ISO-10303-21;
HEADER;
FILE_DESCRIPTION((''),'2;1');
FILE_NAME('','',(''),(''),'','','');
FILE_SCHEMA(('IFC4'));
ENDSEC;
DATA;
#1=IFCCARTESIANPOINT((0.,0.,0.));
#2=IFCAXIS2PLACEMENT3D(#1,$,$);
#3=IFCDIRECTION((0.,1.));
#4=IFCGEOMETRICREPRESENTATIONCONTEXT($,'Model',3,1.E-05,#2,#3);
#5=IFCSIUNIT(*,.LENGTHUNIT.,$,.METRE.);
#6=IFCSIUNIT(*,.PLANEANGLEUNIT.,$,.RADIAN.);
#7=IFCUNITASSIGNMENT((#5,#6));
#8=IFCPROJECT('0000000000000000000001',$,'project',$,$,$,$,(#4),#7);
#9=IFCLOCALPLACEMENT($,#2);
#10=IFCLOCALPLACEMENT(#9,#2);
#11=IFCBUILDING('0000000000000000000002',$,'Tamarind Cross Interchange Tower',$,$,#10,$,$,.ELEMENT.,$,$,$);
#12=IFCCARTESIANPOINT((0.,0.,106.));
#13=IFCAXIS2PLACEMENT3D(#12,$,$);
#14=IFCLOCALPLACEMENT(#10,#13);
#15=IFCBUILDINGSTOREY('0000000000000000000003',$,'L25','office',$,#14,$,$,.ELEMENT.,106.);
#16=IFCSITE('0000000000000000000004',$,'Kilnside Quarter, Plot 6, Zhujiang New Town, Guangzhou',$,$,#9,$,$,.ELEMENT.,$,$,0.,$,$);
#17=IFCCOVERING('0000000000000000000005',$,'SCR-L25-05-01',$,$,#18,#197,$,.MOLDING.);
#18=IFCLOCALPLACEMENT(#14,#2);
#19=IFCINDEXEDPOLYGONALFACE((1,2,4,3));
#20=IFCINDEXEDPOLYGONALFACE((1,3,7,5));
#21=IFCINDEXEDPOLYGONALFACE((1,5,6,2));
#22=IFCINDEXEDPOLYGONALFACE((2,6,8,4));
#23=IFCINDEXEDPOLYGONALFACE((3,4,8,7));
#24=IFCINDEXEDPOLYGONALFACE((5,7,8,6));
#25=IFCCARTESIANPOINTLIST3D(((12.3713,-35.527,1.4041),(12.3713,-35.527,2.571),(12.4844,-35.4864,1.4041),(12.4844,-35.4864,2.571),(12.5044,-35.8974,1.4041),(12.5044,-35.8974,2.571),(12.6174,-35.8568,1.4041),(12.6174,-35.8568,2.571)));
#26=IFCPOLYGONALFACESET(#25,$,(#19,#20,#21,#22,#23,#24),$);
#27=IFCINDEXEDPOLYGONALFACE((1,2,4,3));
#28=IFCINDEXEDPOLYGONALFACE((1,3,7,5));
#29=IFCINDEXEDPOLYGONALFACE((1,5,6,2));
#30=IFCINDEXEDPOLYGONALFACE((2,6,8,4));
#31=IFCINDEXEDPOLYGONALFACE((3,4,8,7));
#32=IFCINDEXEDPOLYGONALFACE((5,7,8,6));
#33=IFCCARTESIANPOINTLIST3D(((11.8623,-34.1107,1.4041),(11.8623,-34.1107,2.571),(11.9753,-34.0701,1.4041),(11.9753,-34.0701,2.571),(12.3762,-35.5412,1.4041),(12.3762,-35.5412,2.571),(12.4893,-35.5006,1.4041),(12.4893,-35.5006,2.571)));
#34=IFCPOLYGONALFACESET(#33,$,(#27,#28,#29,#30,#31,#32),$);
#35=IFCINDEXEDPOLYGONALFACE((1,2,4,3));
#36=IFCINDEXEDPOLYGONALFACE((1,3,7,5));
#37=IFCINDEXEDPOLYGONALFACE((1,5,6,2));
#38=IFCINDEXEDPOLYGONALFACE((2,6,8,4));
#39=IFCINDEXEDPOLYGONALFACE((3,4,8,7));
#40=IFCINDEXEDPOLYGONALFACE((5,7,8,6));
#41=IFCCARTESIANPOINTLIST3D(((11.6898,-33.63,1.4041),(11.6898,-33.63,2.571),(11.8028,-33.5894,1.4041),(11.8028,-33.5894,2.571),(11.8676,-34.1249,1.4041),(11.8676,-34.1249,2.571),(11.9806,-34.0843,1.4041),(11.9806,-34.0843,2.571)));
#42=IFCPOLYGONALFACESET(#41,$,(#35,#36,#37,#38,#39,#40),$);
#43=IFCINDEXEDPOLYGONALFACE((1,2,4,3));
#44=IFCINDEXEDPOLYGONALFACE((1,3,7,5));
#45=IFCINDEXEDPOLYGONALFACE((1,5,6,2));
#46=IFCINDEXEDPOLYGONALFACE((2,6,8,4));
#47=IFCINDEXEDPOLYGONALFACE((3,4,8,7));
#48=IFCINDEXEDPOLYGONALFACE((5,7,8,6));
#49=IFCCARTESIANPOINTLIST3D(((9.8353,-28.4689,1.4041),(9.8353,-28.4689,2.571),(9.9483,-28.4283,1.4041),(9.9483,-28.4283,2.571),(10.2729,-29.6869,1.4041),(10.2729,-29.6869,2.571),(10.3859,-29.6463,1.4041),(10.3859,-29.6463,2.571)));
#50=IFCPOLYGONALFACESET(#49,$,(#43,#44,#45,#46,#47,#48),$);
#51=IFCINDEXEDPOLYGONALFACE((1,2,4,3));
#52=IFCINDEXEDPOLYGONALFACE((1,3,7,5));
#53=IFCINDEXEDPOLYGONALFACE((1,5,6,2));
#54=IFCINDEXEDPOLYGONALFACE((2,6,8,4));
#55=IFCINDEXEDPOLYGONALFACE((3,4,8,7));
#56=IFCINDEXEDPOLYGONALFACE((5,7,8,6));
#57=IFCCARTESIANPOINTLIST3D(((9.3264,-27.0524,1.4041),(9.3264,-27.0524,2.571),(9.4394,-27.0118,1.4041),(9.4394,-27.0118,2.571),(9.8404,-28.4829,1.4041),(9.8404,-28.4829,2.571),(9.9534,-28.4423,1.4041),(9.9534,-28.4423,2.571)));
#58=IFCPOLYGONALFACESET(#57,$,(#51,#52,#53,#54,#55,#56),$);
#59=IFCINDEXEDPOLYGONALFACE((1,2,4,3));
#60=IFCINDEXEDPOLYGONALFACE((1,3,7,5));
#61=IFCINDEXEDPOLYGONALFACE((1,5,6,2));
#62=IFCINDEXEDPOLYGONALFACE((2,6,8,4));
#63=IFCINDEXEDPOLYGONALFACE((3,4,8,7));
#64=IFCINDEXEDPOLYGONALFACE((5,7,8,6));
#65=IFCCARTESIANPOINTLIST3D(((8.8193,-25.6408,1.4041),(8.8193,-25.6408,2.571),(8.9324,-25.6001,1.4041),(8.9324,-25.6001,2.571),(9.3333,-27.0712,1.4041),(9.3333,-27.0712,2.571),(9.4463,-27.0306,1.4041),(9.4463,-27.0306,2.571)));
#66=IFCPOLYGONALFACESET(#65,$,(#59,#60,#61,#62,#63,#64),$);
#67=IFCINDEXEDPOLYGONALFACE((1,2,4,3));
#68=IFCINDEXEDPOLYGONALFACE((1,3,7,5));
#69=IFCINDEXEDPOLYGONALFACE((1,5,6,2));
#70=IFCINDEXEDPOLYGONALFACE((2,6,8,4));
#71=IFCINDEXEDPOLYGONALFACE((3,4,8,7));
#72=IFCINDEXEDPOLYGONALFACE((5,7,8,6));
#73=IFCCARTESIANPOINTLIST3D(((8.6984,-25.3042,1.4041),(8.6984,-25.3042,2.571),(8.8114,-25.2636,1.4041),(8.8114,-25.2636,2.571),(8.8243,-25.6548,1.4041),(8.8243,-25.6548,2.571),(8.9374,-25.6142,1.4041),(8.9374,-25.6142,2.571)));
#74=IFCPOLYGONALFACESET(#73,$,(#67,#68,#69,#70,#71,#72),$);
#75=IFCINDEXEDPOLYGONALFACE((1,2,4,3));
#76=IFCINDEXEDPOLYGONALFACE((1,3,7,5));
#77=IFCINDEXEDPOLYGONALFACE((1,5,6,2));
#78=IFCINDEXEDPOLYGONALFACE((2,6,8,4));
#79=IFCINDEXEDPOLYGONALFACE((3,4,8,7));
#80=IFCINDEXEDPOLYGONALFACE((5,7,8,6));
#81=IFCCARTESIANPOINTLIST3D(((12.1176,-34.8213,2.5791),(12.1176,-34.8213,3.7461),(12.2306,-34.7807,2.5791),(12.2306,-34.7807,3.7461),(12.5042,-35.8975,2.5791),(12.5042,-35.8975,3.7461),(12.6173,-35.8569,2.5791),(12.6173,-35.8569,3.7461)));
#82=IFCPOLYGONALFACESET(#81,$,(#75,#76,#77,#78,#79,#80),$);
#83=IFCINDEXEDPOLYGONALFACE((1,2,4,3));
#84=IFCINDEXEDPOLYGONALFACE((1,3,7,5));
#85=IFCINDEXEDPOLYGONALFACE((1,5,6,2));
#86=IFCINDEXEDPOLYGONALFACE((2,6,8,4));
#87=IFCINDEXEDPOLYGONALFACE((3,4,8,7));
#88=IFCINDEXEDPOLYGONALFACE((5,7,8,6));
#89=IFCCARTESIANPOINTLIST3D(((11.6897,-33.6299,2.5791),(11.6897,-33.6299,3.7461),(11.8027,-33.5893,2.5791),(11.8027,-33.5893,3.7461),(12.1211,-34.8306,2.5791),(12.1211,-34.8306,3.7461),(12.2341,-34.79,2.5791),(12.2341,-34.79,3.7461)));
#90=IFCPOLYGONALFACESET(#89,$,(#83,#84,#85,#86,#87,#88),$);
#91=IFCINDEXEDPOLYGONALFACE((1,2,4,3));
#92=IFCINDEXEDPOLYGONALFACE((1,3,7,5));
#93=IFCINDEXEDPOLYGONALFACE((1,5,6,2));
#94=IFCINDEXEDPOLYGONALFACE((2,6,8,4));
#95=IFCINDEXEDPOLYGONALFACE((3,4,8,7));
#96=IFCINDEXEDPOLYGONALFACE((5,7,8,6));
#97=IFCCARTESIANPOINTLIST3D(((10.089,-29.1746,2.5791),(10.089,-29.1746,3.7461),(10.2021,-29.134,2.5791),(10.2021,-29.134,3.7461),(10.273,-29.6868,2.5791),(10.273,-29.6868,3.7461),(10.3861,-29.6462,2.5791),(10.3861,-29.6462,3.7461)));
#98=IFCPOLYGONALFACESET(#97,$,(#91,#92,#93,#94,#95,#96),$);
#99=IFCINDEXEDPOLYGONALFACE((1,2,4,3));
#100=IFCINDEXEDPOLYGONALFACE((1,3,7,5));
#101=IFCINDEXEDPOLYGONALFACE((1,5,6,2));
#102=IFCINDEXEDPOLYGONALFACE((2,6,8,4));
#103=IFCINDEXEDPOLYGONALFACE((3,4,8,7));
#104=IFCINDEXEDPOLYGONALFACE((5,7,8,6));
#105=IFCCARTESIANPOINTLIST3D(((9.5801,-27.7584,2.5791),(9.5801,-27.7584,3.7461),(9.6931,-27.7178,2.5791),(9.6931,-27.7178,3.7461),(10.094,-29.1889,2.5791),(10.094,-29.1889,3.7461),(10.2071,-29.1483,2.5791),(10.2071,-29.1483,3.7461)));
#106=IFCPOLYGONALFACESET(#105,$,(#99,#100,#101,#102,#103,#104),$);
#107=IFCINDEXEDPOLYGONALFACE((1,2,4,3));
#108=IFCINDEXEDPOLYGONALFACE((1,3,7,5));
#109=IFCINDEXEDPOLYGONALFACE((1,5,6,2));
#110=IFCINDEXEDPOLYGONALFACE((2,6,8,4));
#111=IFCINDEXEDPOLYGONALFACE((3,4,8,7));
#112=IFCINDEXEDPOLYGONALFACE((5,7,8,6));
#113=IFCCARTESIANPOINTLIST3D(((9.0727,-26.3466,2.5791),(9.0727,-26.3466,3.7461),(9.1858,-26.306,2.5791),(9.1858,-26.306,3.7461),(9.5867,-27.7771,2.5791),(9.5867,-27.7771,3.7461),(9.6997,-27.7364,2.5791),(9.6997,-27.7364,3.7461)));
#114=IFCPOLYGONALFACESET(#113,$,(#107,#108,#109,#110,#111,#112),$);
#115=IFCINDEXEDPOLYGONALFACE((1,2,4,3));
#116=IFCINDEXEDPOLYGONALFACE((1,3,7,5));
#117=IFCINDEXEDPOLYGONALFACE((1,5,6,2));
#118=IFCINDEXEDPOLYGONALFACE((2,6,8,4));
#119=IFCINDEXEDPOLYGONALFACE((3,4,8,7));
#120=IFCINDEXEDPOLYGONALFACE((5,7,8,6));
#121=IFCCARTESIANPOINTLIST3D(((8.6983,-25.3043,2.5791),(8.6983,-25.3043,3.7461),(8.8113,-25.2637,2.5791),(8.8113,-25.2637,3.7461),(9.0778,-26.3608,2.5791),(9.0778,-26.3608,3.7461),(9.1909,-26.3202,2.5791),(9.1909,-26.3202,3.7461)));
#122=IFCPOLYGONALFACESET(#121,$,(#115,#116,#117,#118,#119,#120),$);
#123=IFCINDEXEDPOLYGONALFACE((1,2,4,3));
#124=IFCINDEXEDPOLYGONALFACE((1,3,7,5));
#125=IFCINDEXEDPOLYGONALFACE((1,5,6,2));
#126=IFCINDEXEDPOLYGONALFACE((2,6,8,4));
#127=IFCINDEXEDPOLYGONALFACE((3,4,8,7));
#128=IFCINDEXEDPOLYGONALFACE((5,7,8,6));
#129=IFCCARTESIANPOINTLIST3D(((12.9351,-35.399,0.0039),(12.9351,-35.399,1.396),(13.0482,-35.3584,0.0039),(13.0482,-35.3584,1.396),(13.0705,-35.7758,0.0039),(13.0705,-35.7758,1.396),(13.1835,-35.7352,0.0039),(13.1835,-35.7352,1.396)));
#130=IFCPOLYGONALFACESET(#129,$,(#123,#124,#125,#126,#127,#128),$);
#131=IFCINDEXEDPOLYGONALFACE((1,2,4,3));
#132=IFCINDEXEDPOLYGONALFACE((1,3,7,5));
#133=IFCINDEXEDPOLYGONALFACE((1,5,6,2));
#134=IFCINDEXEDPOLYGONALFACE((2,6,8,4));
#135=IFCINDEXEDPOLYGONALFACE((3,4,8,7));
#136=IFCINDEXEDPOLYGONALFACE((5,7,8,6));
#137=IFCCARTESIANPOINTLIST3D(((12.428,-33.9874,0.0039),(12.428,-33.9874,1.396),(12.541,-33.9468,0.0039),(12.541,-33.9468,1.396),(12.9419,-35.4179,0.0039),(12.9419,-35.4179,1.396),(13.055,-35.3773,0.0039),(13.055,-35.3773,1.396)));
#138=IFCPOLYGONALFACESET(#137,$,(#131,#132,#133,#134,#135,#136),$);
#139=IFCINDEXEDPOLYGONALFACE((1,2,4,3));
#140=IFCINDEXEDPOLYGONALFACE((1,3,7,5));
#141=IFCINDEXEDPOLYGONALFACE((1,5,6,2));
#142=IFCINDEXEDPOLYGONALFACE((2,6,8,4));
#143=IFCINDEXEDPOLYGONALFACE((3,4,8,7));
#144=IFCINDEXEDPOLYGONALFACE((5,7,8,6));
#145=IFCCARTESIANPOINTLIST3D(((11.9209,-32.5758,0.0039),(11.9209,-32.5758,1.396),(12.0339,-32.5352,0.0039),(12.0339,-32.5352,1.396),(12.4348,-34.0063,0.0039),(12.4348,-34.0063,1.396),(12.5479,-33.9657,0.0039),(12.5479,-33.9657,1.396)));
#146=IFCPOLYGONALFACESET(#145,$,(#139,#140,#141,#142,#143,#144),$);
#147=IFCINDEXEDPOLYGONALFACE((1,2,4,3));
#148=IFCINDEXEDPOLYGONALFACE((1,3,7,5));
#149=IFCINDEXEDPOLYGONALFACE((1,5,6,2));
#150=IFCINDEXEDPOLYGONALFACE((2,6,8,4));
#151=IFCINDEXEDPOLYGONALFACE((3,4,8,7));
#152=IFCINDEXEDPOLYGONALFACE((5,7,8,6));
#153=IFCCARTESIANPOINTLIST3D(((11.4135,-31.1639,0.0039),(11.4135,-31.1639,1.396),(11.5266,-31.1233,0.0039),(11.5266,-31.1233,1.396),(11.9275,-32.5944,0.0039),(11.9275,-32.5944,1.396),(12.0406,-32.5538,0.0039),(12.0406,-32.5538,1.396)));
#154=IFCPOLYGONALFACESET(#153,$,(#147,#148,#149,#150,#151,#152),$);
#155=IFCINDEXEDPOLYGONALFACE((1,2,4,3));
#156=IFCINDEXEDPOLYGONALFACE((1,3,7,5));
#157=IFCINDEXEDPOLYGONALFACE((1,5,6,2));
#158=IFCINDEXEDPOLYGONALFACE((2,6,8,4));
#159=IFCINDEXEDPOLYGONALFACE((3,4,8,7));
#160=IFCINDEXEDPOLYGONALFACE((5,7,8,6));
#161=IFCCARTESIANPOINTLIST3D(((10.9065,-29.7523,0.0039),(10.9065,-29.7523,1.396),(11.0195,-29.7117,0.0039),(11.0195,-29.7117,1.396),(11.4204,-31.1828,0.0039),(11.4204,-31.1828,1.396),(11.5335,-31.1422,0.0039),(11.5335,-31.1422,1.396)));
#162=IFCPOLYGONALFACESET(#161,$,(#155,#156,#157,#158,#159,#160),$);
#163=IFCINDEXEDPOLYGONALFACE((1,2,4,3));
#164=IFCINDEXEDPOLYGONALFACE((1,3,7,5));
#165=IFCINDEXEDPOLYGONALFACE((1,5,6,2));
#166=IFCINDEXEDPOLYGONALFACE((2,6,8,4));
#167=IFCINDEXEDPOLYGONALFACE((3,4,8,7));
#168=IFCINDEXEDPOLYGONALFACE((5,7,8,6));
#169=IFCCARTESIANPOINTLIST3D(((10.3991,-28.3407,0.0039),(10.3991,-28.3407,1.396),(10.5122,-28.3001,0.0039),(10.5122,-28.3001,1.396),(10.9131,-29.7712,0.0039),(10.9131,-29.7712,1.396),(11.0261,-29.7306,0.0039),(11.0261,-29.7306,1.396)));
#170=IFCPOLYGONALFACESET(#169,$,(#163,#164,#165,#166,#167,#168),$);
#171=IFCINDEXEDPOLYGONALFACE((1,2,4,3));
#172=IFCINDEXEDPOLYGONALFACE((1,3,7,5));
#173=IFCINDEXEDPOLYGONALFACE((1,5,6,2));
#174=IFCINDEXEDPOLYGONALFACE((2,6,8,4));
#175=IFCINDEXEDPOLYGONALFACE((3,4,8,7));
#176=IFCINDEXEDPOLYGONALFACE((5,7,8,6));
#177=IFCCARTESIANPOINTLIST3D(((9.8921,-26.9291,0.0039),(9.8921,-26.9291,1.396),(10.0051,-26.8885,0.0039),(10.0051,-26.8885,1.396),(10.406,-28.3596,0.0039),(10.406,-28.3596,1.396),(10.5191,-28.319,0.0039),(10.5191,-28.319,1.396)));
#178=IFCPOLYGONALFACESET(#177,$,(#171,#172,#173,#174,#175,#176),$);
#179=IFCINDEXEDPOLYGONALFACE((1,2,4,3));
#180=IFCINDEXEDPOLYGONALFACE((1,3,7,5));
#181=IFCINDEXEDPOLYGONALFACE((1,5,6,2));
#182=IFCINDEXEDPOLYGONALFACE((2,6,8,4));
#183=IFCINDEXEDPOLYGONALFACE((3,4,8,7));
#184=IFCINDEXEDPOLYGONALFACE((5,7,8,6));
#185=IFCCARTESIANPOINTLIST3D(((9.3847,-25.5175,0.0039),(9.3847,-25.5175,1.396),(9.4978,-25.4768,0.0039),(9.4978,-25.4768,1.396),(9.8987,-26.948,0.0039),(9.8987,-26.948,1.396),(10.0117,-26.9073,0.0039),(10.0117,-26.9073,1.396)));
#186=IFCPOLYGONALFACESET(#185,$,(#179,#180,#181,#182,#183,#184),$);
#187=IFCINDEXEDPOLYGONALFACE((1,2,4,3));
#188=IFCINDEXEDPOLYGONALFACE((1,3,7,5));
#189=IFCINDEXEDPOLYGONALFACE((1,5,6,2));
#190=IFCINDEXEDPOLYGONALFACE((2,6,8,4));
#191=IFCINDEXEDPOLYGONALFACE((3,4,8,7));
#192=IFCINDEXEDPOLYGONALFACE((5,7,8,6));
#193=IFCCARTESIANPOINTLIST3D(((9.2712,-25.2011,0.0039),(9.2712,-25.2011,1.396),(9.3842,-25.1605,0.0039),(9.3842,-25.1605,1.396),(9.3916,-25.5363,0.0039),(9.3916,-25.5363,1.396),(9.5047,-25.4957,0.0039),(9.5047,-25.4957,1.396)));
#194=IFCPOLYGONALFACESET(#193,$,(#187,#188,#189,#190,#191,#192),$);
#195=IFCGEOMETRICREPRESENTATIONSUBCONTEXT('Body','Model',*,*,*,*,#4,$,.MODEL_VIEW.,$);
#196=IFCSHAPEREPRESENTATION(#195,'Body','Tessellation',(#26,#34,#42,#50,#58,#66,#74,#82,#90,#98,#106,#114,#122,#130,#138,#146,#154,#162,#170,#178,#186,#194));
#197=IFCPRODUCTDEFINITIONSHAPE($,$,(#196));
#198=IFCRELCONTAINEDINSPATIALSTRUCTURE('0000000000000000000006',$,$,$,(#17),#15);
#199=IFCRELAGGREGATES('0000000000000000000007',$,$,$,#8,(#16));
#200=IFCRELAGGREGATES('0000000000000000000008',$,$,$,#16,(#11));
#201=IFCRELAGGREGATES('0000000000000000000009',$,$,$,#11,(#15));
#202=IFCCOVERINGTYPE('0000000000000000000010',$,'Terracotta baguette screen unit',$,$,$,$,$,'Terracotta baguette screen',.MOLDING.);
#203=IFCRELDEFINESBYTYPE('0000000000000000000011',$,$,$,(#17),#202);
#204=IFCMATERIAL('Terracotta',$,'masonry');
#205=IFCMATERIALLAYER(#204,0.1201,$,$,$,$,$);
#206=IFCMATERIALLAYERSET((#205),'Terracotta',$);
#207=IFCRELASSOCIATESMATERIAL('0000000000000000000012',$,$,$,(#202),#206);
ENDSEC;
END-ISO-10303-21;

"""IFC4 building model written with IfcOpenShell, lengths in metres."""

from ifc_helpers import new_model, si_unit, direction, frame, origin, origin_2d, place, context, subcontext, project, spatial, rectangle, extrude, material, layer, layer_set, type_object, element, save


model = new_model("IFC4")

# Units and contexts
model_context = context("Model", 3, precision=1e-05, world=origin(), true_north=direction((0.0, 1.0)))
body_context = subcontext(model_context, "Body", "Model", "MODEL_VIEW")
ifc_project = project(units=[si_unit("LENGTHUNIT", "METRE"), si_unit("PLANEANGLEUNIT", "RADIAN")], contexts=[model_context])

# Site, building, storey
site_placement = place(None, origin())
site = spatial("IfcSite", under=ifc_project, at=site_placement, Name="Kilnside Quarter, Plot 6, Zhujiang New Town, Guangzhou", CompositionType="ELEMENT", RefElevation=0.0)
building_placement = place(site_placement, origin())
building = spatial("IfcBuilding", under=site, at=building_placement, Name="Tamarind Cross Interchange Tower", CompositionType="ELEMENT")
storey_placement = place(building_placement, frame((0.0, 0.0, 106.0)))
storey = spatial("IfcBuildingStorey", under=building, at=storey_placement, Name="L25", Description="office", CompositionType="ELEMENT", Elevation=106.0)

# Covering
ifc_material_1 = material(Name="Terracotta", Category="masonry")
ifc_layer_1 = layer(ifc_material_1, 0.1201)
ifc_layer_set_1 = layer_set([ifc_layer_1], Name="Terracotta")
covering_type = type_object("IfcCoveringType", Name="Terracotta baguette screen unit", ElementType="Terracotta baguette screen", PredefinedType="MOLDING", material=ifc_layer_set_1)
covering_1_placement = place(storey_placement, origin())
element("IfcCovering", 1, at=covering_1_placement, inside=storey, type_object=covering_type, Name="SCR-L25-05-01", PredefinedType="MOLDING", context=body_context, shape_type="SweptSolid", body=[
    extrude(rectangle(XDim=0.3936, YDim=0.1201, at=origin_2d()), frame((12.4944, -35.6919, 1.4041), z_axis=(0.0, 0.0, 1.0), x_axis=(-0.338129, 0.9411, 0.0)), (0.0, 0.0, 1.0), 1.167),
    extrude(rectangle(XDim=1.52, YDim=0.1201, at=origin_2d()), frame((12.1758, -34.8057, 1.4041), z_axis=(0.0, 0.0, 1.0), x_axis=(-0.338129, 0.9411, 0.0)), (0.0, 0.0, 1.0), 1.167),
    extrude(rectangle(XDim=0.5259, YDim=0.1201, at=origin_2d()), frame((11.8352, -33.8572, 1.4041), z_axis=(0.0, 0.0, 1.0), x_axis=(-0.338129, 0.9411, 0.0)), (0.0, 0.0, 1.0), 1.167),
    extrude(rectangle(XDim=1.2942, YDim=0.1201, at=origin_2d()), frame((10.1106, -29.0576, 1.4041), z_axis=(0.0, 0.0, 1.0), x_axis=(-0.338129, 0.9411, 0.0)), (0.0, 0.0, 1.0), 1.167),
    extrude(rectangle(XDim=1.52, YDim=0.1201, at=origin_2d()), frame((9.6399, -27.7473, 1.4041), z_axis=(0.0, 0.0, 1.0), x_axis=(-0.338129, 0.9411, 0.0)), (0.0, 0.0, 1.0), 1.167),
    extrude(rectangle(XDim=1.52, YDim=0.1201, at=origin_2d()), frame((9.1328, -26.3357, 1.4041), z_axis=(0.0, 0.0, 1.0), x_axis=(-0.338129, 0.9411, 0.0)), (0.0, 0.0, 1.0), 1.167),
    extrude(rectangle(XDim=0.3726, YDim=0.1201, at=origin_2d()), frame((8.8179, -25.4592, 1.4041), z_axis=(0.0, 0.0, 1.0), x_axis=(-0.338129, 0.9411, 0.0)), (0.0, 0.0, 1.0), 1.167),
    extrude(rectangle(XDim=1.1436, YDim=0.1201, at=origin_2d()), frame((12.3674, -35.3391, 2.5791), z_axis=(0.0, 0.0, 1.0), x_axis=(-0.338129, 0.9411, 0.0)), (0.0, 0.0, 1.0), 1.167),
    extrude(rectangle(XDim=1.2759, YDim=0.1201, at=origin_2d()), frame((11.9619, -34.21, 2.5791), z_axis=(0.0, 0.0, 1.0), x_axis=(-0.338129, 0.9411, 0.0)), (0.0, 0.0, 1.0), 1.167),
    extrude(rectangle(XDim=0.5442, YDim=0.1201, at=origin_2d()), frame((10.2375, -29.4104, 2.5791), z_axis=(0.0, 0.0, 1.0), x_axis=(-0.338129, 0.9411, 0.0)), (0.0, 0.0, 1.0), 1.167),
    extrude(rectangle(XDim=1.52, YDim=0.1201, at=origin_2d()), frame((9.8936, -28.4534, 2.5791), z_axis=(0.0, 0.0, 1.0), x_axis=(-0.338129, 0.9411, 0.0)), (0.0, 0.0, 1.0), 1.167),
    extrude(rectangle(XDim=1.52, YDim=0.1201, at=origin_2d()), frame((9.3862, -27.0415, 2.5791), z_axis=(0.0, 0.0, 1.0), x_axis=(-0.338129, 0.9411, 0.0)), (0.0, 0.0, 1.0), 1.167),
    extrude(rectangle(XDim=1.1226, YDim=0.1201, at=origin_2d()), frame((8.9446, -25.8123, 2.5791), z_axis=(0.0, 0.0, 1.0), x_axis=(-0.338129, 0.9411, 0.0)), (0.0, 0.0, 1.0), 1.167),
    extrude(rectangle(XDim=0.4004, YDim=0.1201, at=origin_2d()), frame((13.0593, -35.5671, 0.0039), z_axis=(0.0, 0.0, 1.0), x_axis=(-0.338129, 0.9411, 0.0)), (0.0, 0.0, 1.0), 1.3921),
    extrude(rectangle(XDim=1.52, YDim=0.1201, at=origin_2d()), frame((12.7415, -34.6824, 0.0039), z_axis=(0.0, 0.0, 1.0), x_axis=(-0.338129, 0.9411, 0.0)), (0.0, 0.0, 1.0), 1.3921),
    extrude(rectangle(XDim=1.52, YDim=0.1201, at=origin_2d()), frame((12.2344, -33.2708, 0.0039), z_axis=(0.0, 0.0, 1.0), x_axis=(-0.338129, 0.9411, 0.0)), (0.0, 0.0, 1.0), 1.3921),
    extrude(rectangle(XDim=1.52, YDim=0.1201, at=origin_2d()), frame((11.7271, -31.8589, 0.0039), z_axis=(0.0, 0.0, 1.0), x_axis=(-0.338129, 0.9411, 0.0)), (0.0, 0.0, 1.0), 1.3921),
    extrude(rectangle(XDim=1.52, YDim=0.1201, at=origin_2d()), frame((11.22, -30.4473, 0.0039), z_axis=(0.0, 0.0, 1.0), x_axis=(-0.338129, 0.9411, 0.0)), (0.0, 0.0, 1.0), 1.3921),
    extrude(rectangle(XDim=1.52, YDim=0.1201, at=origin_2d()), frame((10.7126, -29.0356, 0.0039), z_axis=(0.0, 0.0, 1.0), x_axis=(-0.338129, 0.9411, 0.0)), (0.0, 0.0, 1.0), 1.3921),
    extrude(rectangle(XDim=1.52, YDim=0.1201, at=origin_2d()), frame((10.2056, -27.624, 0.0039), z_axis=(0.0, 0.0, 1.0), x_axis=(-0.338129, 0.9411, 0.0)), (0.0, 0.0, 1.0), 1.3921),
    extrude(rectangle(XDim=1.52, YDim=0.1201, at=origin_2d()), frame((9.6982, -26.2124, 0.0039), z_axis=(0.0, 0.0, 1.0), x_axis=(-0.338129, 0.9411, 0.0)), (0.0, 0.0, 1.0), 1.3921),
    extrude(rectangle(XDim=0.3562, YDim=0.1201, at=origin_2d()), frame((9.3879, -25.3484, 0.0039), z_axis=(0.0, 0.0, 1.0), x_axis=(-0.338129, 0.9411, 0.0)), (0.0, 0.0, 1.0), 1.3921),
])

save(model, "model.ifc")
